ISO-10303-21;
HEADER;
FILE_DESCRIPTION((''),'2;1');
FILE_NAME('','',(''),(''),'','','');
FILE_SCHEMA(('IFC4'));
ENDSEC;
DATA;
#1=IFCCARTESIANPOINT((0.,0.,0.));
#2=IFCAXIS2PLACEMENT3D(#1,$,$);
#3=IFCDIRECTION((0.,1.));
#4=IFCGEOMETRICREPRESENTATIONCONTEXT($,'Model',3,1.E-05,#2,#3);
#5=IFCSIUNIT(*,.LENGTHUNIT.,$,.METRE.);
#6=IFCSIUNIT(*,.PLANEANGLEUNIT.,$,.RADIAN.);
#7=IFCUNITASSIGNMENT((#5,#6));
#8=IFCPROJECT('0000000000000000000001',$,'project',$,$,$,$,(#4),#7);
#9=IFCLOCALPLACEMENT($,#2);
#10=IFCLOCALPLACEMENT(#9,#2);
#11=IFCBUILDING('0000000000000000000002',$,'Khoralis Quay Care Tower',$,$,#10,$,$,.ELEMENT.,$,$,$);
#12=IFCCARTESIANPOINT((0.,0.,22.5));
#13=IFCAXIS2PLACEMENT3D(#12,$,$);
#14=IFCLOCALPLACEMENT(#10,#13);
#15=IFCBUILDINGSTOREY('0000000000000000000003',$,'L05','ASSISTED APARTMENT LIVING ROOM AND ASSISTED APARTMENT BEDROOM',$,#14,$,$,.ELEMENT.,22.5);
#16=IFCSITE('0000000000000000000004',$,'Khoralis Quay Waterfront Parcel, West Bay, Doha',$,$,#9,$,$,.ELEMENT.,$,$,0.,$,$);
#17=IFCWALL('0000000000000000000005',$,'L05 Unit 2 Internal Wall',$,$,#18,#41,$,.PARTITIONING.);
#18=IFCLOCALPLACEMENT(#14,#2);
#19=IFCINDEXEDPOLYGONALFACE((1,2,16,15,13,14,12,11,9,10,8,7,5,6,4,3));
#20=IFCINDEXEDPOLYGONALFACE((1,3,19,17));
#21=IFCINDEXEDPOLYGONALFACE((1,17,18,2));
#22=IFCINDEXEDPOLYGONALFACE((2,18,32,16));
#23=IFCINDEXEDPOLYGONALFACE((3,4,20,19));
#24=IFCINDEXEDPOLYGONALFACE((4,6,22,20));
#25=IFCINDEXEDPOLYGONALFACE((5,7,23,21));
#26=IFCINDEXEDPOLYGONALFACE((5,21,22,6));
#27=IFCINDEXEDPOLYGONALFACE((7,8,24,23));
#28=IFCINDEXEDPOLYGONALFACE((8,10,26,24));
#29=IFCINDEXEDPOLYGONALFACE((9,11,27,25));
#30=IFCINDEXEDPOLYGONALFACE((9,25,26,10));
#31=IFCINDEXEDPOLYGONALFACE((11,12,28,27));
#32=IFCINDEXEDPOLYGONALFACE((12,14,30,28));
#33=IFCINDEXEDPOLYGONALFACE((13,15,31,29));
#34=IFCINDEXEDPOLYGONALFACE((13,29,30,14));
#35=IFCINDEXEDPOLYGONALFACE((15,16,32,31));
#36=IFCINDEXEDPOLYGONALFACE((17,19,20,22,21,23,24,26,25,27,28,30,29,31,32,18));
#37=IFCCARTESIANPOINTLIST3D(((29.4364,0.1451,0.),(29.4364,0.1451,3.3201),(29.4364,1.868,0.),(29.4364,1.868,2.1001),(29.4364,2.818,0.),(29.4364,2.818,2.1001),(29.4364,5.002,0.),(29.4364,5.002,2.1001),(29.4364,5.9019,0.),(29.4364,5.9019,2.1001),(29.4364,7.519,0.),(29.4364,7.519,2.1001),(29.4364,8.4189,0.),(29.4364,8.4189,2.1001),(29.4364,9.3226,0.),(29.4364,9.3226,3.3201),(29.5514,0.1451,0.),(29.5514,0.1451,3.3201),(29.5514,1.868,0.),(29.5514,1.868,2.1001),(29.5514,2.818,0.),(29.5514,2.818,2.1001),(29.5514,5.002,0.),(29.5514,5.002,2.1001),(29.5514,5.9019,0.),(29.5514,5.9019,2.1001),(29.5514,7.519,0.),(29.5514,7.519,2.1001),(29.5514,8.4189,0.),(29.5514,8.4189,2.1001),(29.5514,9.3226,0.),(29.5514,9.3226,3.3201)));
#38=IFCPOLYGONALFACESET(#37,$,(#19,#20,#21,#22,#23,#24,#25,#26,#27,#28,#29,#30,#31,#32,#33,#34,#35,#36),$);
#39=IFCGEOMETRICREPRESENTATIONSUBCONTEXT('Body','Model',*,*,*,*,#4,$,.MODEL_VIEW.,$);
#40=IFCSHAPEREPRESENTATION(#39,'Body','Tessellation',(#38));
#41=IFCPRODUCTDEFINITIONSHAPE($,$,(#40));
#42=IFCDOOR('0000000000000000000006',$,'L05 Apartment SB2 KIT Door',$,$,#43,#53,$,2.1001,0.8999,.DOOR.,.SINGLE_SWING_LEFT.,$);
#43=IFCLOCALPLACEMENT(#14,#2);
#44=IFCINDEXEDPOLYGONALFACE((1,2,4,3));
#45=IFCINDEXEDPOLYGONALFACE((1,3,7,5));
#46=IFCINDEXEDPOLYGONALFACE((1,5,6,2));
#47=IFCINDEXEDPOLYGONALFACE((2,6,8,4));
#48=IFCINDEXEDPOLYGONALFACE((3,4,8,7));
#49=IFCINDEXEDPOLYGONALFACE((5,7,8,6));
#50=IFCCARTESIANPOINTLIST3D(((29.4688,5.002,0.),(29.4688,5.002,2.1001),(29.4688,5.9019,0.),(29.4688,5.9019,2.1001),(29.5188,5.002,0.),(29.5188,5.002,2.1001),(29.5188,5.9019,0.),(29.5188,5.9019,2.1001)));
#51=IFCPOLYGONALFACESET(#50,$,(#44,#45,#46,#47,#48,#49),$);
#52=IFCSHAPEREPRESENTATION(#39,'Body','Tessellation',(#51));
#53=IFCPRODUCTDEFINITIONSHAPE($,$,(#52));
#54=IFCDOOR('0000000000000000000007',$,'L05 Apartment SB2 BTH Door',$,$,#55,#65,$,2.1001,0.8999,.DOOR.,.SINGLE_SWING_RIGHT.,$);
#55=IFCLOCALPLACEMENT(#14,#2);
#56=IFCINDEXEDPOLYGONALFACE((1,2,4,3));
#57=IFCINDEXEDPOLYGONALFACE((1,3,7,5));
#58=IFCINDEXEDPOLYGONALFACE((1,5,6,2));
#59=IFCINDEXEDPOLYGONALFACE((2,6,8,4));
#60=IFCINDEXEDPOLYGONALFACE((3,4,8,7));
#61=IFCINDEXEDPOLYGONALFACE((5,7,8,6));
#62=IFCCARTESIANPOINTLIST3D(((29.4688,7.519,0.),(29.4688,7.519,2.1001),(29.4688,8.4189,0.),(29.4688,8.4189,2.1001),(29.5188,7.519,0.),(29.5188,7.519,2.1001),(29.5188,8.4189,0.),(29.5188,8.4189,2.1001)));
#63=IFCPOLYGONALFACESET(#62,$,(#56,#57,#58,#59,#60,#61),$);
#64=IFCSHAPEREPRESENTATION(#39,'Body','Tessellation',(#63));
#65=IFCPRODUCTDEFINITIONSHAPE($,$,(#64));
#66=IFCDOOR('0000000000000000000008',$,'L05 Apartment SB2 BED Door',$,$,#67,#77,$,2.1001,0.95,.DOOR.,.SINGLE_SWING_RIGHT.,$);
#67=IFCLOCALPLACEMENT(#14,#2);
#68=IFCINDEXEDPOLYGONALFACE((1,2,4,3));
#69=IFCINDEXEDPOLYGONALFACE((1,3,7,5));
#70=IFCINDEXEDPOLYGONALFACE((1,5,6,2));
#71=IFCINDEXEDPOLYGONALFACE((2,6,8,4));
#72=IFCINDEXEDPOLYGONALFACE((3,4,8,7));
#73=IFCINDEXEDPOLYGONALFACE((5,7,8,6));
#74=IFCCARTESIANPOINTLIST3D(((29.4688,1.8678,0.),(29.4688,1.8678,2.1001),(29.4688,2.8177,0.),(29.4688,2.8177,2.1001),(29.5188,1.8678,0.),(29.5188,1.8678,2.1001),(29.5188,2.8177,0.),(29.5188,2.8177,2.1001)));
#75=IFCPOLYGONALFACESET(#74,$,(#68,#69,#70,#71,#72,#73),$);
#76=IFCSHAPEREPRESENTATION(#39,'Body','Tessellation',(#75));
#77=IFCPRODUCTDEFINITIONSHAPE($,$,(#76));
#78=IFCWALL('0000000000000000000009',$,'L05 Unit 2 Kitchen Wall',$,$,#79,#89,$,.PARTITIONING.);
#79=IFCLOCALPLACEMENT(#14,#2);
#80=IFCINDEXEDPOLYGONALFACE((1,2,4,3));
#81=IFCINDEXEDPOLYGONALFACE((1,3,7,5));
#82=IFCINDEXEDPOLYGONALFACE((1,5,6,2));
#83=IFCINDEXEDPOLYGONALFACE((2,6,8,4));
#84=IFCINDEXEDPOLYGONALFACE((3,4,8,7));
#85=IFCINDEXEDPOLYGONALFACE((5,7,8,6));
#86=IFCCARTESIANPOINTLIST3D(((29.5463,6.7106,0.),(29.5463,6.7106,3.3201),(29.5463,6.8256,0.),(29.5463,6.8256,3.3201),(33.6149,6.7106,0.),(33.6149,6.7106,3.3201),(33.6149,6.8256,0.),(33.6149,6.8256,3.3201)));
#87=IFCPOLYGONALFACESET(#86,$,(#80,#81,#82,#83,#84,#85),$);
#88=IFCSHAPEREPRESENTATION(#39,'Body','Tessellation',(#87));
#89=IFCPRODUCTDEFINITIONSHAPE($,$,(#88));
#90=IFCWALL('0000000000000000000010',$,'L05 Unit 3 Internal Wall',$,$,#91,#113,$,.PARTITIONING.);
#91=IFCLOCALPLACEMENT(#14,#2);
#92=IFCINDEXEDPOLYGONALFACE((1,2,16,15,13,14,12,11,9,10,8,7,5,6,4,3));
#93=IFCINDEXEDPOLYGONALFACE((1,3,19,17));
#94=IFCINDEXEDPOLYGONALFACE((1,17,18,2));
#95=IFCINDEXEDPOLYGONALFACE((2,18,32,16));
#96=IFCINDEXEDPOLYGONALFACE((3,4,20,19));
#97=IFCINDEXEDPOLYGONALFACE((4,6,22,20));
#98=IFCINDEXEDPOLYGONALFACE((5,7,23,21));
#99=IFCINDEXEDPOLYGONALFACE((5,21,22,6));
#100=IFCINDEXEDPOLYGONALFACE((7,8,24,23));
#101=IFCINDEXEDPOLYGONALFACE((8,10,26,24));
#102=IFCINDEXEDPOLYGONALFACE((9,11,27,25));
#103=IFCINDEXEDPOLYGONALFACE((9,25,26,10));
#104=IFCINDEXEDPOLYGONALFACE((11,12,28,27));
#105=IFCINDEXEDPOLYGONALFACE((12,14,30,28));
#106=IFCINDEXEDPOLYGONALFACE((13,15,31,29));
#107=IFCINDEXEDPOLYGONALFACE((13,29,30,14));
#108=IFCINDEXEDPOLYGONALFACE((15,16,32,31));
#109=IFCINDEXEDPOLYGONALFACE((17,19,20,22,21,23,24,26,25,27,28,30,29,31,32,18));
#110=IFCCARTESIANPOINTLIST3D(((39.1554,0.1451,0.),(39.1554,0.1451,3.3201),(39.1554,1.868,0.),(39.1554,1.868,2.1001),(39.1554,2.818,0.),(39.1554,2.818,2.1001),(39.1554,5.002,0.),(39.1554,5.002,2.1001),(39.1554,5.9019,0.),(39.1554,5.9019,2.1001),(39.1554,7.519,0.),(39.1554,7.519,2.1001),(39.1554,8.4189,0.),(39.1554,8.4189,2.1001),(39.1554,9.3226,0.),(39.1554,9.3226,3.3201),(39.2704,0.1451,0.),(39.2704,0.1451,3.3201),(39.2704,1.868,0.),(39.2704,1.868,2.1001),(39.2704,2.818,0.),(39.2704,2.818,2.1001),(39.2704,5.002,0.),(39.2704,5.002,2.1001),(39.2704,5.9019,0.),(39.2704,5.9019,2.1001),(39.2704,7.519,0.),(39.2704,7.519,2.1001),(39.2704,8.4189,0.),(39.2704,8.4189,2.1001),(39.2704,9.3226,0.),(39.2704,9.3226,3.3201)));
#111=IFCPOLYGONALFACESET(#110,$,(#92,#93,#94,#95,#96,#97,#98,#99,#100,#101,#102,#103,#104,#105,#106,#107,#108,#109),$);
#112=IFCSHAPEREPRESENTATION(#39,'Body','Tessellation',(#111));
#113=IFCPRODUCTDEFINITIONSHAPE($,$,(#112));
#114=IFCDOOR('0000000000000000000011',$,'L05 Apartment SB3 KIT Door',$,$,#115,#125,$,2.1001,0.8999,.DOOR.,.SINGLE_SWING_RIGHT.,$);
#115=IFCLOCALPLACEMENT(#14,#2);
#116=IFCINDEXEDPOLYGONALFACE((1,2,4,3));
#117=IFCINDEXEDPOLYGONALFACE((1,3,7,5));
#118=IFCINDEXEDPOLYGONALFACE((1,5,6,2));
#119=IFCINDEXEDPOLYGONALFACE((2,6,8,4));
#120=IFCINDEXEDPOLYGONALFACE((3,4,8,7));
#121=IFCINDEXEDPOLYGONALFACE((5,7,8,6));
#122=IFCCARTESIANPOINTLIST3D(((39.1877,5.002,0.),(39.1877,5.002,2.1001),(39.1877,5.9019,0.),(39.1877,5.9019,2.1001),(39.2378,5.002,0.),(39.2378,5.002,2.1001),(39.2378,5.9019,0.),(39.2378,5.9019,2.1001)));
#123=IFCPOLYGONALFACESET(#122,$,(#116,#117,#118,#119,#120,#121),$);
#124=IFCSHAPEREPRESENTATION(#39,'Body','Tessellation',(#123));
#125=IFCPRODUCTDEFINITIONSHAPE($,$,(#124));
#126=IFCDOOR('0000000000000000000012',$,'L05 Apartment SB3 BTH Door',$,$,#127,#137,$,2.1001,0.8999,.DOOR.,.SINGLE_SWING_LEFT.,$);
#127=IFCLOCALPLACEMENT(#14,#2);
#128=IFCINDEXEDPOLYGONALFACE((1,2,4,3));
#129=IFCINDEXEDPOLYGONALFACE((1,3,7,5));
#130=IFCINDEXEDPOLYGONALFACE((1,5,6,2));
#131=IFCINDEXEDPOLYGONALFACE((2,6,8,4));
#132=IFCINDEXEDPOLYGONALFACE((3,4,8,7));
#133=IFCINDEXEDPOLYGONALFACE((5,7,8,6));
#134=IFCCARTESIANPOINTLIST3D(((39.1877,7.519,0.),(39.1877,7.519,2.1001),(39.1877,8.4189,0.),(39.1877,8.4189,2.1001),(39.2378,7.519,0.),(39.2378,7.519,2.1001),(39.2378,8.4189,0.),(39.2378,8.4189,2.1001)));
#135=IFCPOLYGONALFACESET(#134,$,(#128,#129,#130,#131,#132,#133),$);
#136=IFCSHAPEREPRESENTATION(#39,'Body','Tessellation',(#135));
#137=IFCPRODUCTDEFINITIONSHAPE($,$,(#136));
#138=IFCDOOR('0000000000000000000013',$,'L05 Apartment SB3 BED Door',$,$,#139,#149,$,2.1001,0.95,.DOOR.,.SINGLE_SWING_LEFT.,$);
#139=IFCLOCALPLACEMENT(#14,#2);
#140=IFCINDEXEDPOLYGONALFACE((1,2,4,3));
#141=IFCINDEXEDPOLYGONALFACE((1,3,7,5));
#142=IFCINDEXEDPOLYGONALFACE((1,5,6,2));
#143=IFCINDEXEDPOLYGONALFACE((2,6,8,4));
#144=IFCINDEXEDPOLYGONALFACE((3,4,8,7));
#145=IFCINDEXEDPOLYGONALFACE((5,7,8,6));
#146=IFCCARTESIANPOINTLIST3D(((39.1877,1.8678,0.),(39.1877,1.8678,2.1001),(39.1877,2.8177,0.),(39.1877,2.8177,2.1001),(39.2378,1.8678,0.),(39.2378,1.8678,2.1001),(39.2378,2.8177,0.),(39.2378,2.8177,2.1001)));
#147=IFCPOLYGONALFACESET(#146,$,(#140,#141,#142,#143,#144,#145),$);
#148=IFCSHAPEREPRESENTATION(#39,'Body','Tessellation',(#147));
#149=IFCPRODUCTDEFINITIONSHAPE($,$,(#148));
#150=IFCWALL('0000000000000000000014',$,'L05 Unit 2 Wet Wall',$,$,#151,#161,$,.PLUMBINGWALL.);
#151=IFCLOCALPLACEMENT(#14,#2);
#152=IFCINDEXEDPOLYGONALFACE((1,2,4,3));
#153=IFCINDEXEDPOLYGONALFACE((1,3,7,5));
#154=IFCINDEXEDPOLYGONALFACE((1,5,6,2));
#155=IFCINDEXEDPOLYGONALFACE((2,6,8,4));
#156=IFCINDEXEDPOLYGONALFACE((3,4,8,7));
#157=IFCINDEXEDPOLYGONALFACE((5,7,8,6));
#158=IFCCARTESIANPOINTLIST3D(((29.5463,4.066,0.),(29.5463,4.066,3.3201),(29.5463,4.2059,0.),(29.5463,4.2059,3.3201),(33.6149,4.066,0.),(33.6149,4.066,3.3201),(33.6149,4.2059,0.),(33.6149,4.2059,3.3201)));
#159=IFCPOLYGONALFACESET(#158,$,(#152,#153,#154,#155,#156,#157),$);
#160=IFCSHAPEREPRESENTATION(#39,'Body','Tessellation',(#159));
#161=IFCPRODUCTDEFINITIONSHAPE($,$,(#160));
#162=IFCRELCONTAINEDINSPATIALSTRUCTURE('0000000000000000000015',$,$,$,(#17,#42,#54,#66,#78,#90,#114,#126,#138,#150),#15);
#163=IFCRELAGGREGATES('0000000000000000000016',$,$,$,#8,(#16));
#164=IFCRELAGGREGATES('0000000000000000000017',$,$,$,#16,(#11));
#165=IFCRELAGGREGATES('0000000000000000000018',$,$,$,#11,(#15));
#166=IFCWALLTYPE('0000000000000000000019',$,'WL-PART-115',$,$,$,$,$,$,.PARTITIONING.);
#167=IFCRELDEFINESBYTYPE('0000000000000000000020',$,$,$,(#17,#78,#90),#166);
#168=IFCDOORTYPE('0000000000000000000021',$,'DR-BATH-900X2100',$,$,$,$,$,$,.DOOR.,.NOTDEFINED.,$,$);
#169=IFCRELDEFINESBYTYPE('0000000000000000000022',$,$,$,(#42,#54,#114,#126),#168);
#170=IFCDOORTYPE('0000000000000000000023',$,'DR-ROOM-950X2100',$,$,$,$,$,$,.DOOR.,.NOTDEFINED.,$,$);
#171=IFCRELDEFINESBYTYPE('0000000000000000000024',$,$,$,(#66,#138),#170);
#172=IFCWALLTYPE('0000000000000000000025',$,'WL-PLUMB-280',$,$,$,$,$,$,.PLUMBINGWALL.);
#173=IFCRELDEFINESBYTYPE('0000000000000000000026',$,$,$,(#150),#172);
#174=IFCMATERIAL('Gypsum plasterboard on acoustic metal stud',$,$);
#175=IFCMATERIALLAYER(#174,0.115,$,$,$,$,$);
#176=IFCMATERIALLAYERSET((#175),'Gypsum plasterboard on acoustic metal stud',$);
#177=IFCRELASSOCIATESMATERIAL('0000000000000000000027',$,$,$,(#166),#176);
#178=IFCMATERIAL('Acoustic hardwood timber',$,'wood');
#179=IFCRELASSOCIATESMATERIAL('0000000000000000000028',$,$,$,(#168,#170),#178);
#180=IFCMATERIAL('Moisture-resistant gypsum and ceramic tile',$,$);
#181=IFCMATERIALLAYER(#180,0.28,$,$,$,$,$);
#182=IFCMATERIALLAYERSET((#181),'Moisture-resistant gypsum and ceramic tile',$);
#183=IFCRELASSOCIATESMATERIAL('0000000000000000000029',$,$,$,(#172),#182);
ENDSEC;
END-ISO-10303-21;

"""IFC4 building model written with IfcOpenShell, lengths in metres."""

from ifc_helpers import new_model, si_unit, direction, frame, frame_2d, origin, place, context, subcontext, project, spatial, rectangle, extrude, source, transform, mapped, material, layer, layer_set, type_object, element, fill, save


model = new_model("IFC4")

# Units and contexts
model_context = context("Model", 3, precision=1e-05, world=origin(), true_north=direction((0.0, 1.0)))
body_context = subcontext(model_context, "Body", "Model", "MODEL_VIEW")
ifc_project = project(units=[si_unit("LENGTHUNIT", "METRE"), si_unit("PLANEANGLEUNIT", "RADIAN")], contexts=[model_context])

# Site, building, storey
site_placement = place(None, origin())
site = spatial("IfcSite", under=ifc_project, at=site_placement, Name="Khoralis Quay Waterfront Parcel, West Bay, Doha", CompositionType="ELEMENT", RefElevation=0.0)
building_placement = place(site_placement, origin())
building = spatial("IfcBuilding", under=site, at=building_placement, Name="Khoralis Quay Care Tower", CompositionType="ELEMENT")
storey_placement = place(building_placement, frame((0.0, 0.0, 22.5)))
storey = spatial("IfcBuildingStorey", under=building, at=storey_placement, Name="L05", Description="ASSISTED APARTMENT LIVING ROOM AND ASSISTED APARTMENT BEDROOM", CompositionType="ELEMENT", Elevation=22.5)

# Wall, openings, doors
ifc_material_1 = material(Name="Gypsum plasterboard on acoustic metal stud")
ifc_layer_1 = layer(ifc_material_1, 0.115)
ifc_layer_set_1 = layer_set([ifc_layer_1], Name="Gypsum plasterboard on acoustic metal stud")
wall_type_1 = type_object("IfcWallType", Name="WL-PART-115", PredefinedType="PARTITIONING", material=ifc_layer_set_1)
wall_1_placement = place(storey_placement, frame((29.4939, 0.145, 0.0), z_axis=(0.0, 0.0, 1.0), x_axis=(0.0, 1.0, 0.0)))
wall_1 = element("IfcWall", 1, at=wall_1_placement, inside=storey, type_object=wall_type_1, Name="L05 Unit 2 Internal Wall", PredefinedType="PARTITIONING", context=body_context, shape_type="SweptSolid", body=[
    extrude(rectangle(XDim=9.1775, YDim=0.115, at=frame_2d((4.5889, 0.0))), origin(), (0.0, 0.0, 1.0), 3.3201),
])
opening_1_placement = place(wall_1_placement, frame((1.7229, 0.0, 0.0)))
opening_1 = element("IfcOpeningElement", 2, at=opening_1_placement, cuts=wall_1, PredefinedType="OPENING", context=body_context, shape_type="SweptSolid", body=[
    extrude(rectangle(XDim=0.95, YDim=2.1001, at=frame_2d((0.4751, 1.05))), frame((0.0, 0.0674, 0.0), z_axis=(0.0, -1.0, 0.0), x_axis=(1.0, 0.0, 0.0)), (0.0, 0.0, 1.0), 0.135),
])
opening_2_placement = place(wall_1_placement, frame((4.8569, 0.0, 0.0)))
opening_2 = element("IfcOpeningElement", 3, at=opening_2_placement, cuts=wall_1, PredefinedType="OPENING", context=body_context, shape_type="SweptSolid", body=[
    extrude(rectangle(XDim=0.8999, YDim=2.1001, at=frame_2d((0.45, 1.05))), frame((0.0, 0.0674, 0.0), z_axis=(0.0, -1.0, 0.0), x_axis=(1.0, 0.0, 0.0)), (0.0, 0.0, 1.0), 0.135),
])
opening_3_placement = place(wall_1_placement, frame((7.374, 0.0, 0.0)))
opening_3 = element("IfcOpeningElement", 4, at=opening_3_placement, cuts=wall_1, PredefinedType="OPENING", context=body_context, shape_type="SweptSolid", body=[
    extrude(rectangle(XDim=0.8999, YDim=2.1001, at=frame_2d((0.45, 1.05))), frame((0.0, 0.0674, 0.0), z_axis=(0.0, -1.0, 0.0), x_axis=(1.0, 0.0, 0.0)), (0.0, 0.0, 1.0), 0.135),
])
ifc_material_2 = material(Name="Acoustic hardwood timber", Category="wood")
door_type_1 = type_object("IfcDoorType", Name="DR-BATH-900X2100", OperationType="NOTDEFINED", PredefinedType="DOOR", material=ifc_material_2)
shared_shape_1 = source(origin(), body_context, "Body", "SweptSolid", [
    extrude(rectangle(XDim=0.8999, YDim=2.1001, at=frame_2d((0.45, 1.05))), frame((0.0, 0.0249, 0.0), z_axis=(0.0, -1.0, 0.0), x_axis=(1.0, 0.0, 0.0)), (0.0, 0.0, 1.0), 0.05),
])
door_1_placement = place(opening_2_placement, frame((0.8999, 0.0, 0.0), z_axis=(0.0, 0.0, 1.0), x_axis=(-1.0, 0.0, 0.0)))
door_1 = element("IfcDoor", 5, at=door_1_placement, inside=storey, type_object=door_type_1, Name="L05 Apartment SB2 KIT Door", OperationType="SINGLE_SWING_LEFT", OverallHeight=2.1001, OverallWidth=0.8999, PredefinedType="DOOR", context=body_context, shape_type="MappedRepresentation", body=[
    mapped(shared_shape_1, transform((0.0, 0.0, 0.0), scale=1.0)),
])
fill(opening_2, door_1)
door_2_placement = place(opening_3_placement, frame((0.8999, 0.0, 0.0), z_axis=(0.0, 0.0, 1.0), x_axis=(-1.0, 0.0, 0.0)))
door_2 = element("IfcDoor", 6, at=door_2_placement, inside=storey, type_object=door_type_1, Name="L05 Apartment SB2 BTH Door", OperationType="SINGLE_SWING_RIGHT", OverallHeight=2.1001, OverallWidth=0.8999, PredefinedType="DOOR", context=body_context, shape_type="MappedRepresentation", body=[
    mapped(shared_shape_1, transform((0.0, 0.0, 0.0), scale=1.0)),
])
fill(opening_3, door_2)
door_type_2 = type_object("IfcDoorType", Name="DR-ROOM-950X2100", OperationType="NOTDEFINED", PredefinedType="DOOR", material=ifc_material_2)
shared_shape_2 = source(origin(), body_context, "Body", "SweptSolid", [
    extrude(rectangle(XDim=0.95, YDim=2.1001, at=frame_2d((0.4751, 1.05))), frame((0.0, 0.0249, 0.0), z_axis=(0.0, -1.0, 0.0), x_axis=(1.0, 0.0, 0.0)), (0.0, 0.0, 1.0), 0.05),
])
door_3_placement = place(opening_1_placement, frame((0.95, 0.0, 0.0), z_axis=(0.0, 0.0, 1.0), x_axis=(-1.0, 0.0, 0.0)))
door_3 = element("IfcDoor", 7, at=door_3_placement, inside=storey, type_object=door_type_2, Name="L05 Apartment SB2 BED Door", OperationType="SINGLE_SWING_RIGHT", OverallHeight=2.1001, OverallWidth=0.95, PredefinedType="DOOR", context=body_context, shape_type="MappedRepresentation", body=[
    mapped(shared_shape_2, transform((0.0, 0.0, 0.0), scale=1.0)),
])
fill(opening_1, door_3)

# Wall
wall_2_placement = place(storey_placement, frame((29.5464, 6.7681, 0.0), z_axis=(0.0, 0.0, 1.0), x_axis=(1.0, 0.0, 0.0)))
element("IfcWall", 8, at=wall_2_placement, inside=storey, type_object=wall_type_1, Name="L05 Unit 2 Kitchen Wall", PredefinedType="PARTITIONING", context=body_context, shape_type="SweptSolid", body=[
    extrude(rectangle(XDim=4.0686, YDim=0.115, at=frame_2d((2.0342, 0.0))), origin(), (0.0, 0.0, 1.0), 3.3201),
])

# Wall, openings, doors
wall_3_placement = place(storey_placement, frame((39.2129, 0.145, 0.0), z_axis=(0.0, 0.0, 1.0), x_axis=(0.0, 1.0, 0.0)))
wall_3 = element("IfcWall", 9, at=wall_3_placement, inside=storey, type_object=wall_type_1, Name="L05 Unit 3 Internal Wall", PredefinedType="PARTITIONING", context=body_context, shape_type="SweptSolid", body=[
    extrude(rectangle(XDim=9.1775, YDim=0.115, at=frame_2d((4.5889, 0.0))), origin(), (0.0, 0.0, 1.0), 3.3201),
])
opening_4_placement = place(wall_3_placement, frame((1.7229, 0.0, 0.0)))
opening_4 = element("IfcOpeningElement", 10, at=opening_4_placement, cuts=wall_3, PredefinedType="OPENING", context=body_context, shape_type="SweptSolid", body=[
    extrude(rectangle(XDim=0.95, YDim=2.1001, at=frame_2d((0.4751, 1.05))), frame((0.0, 0.0674, 0.0), z_axis=(0.0, -1.0, 0.0), x_axis=(1.0, 0.0, 0.0)), (0.0, 0.0, 1.0), 0.135),
])
opening_5_placement = place(wall_3_placement, frame((4.8569, 0.0, 0.0)))
opening_5 = element("IfcOpeningElement", 11, at=opening_5_placement, cuts=wall_3, PredefinedType="OPENING", context=body_context, shape_type="SweptSolid", body=[
    extrude(rectangle(XDim=0.8999, YDim=2.1001, at=frame_2d((0.45, 1.05))), frame((0.0, 0.0674, 0.0), z_axis=(0.0, -1.0, 0.0), x_axis=(1.0, 0.0, 0.0)), (0.0, 0.0, 1.0), 0.135),
])
opening_6_placement = place(wall_3_placement, frame((7.374, 0.0, 0.0)))
opening_6 = element("IfcOpeningElement", 12, at=opening_6_placement, cuts=wall_3, PredefinedType="OPENING", context=body_context, shape_type="SweptSolid", body=[
    extrude(rectangle(XDim=0.8999, YDim=2.1001, at=frame_2d((0.45, 1.05))), frame((0.0, 0.0674, 0.0), z_axis=(0.0, -1.0, 0.0), x_axis=(1.0, 0.0, 0.0)), (0.0, 0.0, 1.0), 0.135),
])
door_4_placement = place(opening_5_placement, frame((0.8999, 0.0, 0.0), z_axis=(0.0, 0.0, 1.0), x_axis=(-1.0, 0.0, 0.0)))
door_4 = element("IfcDoor", 13, at=door_4_placement, inside=storey, type_object=door_type_1, Name="L05 Apartment SB3 KIT Door", OperationType="SINGLE_SWING_RIGHT", OverallHeight=2.1001, OverallWidth=0.8999, PredefinedType="DOOR", context=body_context, shape_type="MappedRepresentation", body=[
    mapped(shared_shape_1, transform((0.0, 0.0, 0.0), scale=1.0)),
])
fill(opening_5, door_4)
door_5_placement = place(opening_6_placement, frame((0.8999, 0.0, 0.0), z_axis=(0.0, 0.0, 1.0), x_axis=(-1.0, 0.0, 0.0)))
door_5 = element("IfcDoor", 14, at=door_5_placement, inside=storey, type_object=door_type_1, Name="L05 Apartment SB3 BTH Door", OperationType="SINGLE_SWING_LEFT", OverallHeight=2.1001, OverallWidth=0.8999, PredefinedType="DOOR", context=body_context, shape_type="MappedRepresentation", body=[
    mapped(shared_shape_1, transform((0.0, 0.0, 0.0), scale=1.0)),
])
fill(opening_6, door_5)
door_6_placement = place(opening_4_placement, frame((0.95, 0.0, 0.0), z_axis=(0.0, 0.0, 1.0), x_axis=(-1.0, 0.0, 0.0)))
door_6 = element("IfcDoor", 15, at=door_6_placement, inside=storey, type_object=door_type_2, Name="L05 Apartment SB3 BED Door", OperationType="SINGLE_SWING_LEFT", OverallHeight=2.1001, OverallWidth=0.95, PredefinedType="DOOR", context=body_context, shape_type="MappedRepresentation", body=[
    mapped(shared_shape_2, transform((0.0, 0.0, 0.0), scale=1.0)),
])
fill(opening_4, door_6)

# Wall
ifc_material_3 = material(Name="Moisture-resistant gypsum and ceramic tile")
ifc_layer_2 = layer(ifc_material_3, 0.28)
ifc_layer_set_2 = layer_set([ifc_layer_2], Name="Moisture-resistant gypsum and ceramic tile")
wall_type_2 = type_object("IfcWallType", Name="WL-PLUMB-280", PredefinedType="PLUMBINGWALL", material=ifc_layer_set_2)
wall_4_placement = place(storey_placement, frame((29.5464, 4.136, 0.0), z_axis=(0.0, 0.0, 1.0), x_axis=(1.0, 0.0, 0.0)))
element("IfcWall", 16, at=wall_4_placement, inside=storey, type_object=wall_type_2, Name="L05 Unit 2 Wet Wall", PredefinedType="PLUMBINGWALL", context=body_context, shape_type="SweptSolid", body=[
    extrude(rectangle(XDim=4.0686, YDim=0.1399, at=frame_2d((2.0342, 0.0))), origin(), (0.0, 0.0, 1.0), 3.3201),
])

save(model, "model.ifc")
